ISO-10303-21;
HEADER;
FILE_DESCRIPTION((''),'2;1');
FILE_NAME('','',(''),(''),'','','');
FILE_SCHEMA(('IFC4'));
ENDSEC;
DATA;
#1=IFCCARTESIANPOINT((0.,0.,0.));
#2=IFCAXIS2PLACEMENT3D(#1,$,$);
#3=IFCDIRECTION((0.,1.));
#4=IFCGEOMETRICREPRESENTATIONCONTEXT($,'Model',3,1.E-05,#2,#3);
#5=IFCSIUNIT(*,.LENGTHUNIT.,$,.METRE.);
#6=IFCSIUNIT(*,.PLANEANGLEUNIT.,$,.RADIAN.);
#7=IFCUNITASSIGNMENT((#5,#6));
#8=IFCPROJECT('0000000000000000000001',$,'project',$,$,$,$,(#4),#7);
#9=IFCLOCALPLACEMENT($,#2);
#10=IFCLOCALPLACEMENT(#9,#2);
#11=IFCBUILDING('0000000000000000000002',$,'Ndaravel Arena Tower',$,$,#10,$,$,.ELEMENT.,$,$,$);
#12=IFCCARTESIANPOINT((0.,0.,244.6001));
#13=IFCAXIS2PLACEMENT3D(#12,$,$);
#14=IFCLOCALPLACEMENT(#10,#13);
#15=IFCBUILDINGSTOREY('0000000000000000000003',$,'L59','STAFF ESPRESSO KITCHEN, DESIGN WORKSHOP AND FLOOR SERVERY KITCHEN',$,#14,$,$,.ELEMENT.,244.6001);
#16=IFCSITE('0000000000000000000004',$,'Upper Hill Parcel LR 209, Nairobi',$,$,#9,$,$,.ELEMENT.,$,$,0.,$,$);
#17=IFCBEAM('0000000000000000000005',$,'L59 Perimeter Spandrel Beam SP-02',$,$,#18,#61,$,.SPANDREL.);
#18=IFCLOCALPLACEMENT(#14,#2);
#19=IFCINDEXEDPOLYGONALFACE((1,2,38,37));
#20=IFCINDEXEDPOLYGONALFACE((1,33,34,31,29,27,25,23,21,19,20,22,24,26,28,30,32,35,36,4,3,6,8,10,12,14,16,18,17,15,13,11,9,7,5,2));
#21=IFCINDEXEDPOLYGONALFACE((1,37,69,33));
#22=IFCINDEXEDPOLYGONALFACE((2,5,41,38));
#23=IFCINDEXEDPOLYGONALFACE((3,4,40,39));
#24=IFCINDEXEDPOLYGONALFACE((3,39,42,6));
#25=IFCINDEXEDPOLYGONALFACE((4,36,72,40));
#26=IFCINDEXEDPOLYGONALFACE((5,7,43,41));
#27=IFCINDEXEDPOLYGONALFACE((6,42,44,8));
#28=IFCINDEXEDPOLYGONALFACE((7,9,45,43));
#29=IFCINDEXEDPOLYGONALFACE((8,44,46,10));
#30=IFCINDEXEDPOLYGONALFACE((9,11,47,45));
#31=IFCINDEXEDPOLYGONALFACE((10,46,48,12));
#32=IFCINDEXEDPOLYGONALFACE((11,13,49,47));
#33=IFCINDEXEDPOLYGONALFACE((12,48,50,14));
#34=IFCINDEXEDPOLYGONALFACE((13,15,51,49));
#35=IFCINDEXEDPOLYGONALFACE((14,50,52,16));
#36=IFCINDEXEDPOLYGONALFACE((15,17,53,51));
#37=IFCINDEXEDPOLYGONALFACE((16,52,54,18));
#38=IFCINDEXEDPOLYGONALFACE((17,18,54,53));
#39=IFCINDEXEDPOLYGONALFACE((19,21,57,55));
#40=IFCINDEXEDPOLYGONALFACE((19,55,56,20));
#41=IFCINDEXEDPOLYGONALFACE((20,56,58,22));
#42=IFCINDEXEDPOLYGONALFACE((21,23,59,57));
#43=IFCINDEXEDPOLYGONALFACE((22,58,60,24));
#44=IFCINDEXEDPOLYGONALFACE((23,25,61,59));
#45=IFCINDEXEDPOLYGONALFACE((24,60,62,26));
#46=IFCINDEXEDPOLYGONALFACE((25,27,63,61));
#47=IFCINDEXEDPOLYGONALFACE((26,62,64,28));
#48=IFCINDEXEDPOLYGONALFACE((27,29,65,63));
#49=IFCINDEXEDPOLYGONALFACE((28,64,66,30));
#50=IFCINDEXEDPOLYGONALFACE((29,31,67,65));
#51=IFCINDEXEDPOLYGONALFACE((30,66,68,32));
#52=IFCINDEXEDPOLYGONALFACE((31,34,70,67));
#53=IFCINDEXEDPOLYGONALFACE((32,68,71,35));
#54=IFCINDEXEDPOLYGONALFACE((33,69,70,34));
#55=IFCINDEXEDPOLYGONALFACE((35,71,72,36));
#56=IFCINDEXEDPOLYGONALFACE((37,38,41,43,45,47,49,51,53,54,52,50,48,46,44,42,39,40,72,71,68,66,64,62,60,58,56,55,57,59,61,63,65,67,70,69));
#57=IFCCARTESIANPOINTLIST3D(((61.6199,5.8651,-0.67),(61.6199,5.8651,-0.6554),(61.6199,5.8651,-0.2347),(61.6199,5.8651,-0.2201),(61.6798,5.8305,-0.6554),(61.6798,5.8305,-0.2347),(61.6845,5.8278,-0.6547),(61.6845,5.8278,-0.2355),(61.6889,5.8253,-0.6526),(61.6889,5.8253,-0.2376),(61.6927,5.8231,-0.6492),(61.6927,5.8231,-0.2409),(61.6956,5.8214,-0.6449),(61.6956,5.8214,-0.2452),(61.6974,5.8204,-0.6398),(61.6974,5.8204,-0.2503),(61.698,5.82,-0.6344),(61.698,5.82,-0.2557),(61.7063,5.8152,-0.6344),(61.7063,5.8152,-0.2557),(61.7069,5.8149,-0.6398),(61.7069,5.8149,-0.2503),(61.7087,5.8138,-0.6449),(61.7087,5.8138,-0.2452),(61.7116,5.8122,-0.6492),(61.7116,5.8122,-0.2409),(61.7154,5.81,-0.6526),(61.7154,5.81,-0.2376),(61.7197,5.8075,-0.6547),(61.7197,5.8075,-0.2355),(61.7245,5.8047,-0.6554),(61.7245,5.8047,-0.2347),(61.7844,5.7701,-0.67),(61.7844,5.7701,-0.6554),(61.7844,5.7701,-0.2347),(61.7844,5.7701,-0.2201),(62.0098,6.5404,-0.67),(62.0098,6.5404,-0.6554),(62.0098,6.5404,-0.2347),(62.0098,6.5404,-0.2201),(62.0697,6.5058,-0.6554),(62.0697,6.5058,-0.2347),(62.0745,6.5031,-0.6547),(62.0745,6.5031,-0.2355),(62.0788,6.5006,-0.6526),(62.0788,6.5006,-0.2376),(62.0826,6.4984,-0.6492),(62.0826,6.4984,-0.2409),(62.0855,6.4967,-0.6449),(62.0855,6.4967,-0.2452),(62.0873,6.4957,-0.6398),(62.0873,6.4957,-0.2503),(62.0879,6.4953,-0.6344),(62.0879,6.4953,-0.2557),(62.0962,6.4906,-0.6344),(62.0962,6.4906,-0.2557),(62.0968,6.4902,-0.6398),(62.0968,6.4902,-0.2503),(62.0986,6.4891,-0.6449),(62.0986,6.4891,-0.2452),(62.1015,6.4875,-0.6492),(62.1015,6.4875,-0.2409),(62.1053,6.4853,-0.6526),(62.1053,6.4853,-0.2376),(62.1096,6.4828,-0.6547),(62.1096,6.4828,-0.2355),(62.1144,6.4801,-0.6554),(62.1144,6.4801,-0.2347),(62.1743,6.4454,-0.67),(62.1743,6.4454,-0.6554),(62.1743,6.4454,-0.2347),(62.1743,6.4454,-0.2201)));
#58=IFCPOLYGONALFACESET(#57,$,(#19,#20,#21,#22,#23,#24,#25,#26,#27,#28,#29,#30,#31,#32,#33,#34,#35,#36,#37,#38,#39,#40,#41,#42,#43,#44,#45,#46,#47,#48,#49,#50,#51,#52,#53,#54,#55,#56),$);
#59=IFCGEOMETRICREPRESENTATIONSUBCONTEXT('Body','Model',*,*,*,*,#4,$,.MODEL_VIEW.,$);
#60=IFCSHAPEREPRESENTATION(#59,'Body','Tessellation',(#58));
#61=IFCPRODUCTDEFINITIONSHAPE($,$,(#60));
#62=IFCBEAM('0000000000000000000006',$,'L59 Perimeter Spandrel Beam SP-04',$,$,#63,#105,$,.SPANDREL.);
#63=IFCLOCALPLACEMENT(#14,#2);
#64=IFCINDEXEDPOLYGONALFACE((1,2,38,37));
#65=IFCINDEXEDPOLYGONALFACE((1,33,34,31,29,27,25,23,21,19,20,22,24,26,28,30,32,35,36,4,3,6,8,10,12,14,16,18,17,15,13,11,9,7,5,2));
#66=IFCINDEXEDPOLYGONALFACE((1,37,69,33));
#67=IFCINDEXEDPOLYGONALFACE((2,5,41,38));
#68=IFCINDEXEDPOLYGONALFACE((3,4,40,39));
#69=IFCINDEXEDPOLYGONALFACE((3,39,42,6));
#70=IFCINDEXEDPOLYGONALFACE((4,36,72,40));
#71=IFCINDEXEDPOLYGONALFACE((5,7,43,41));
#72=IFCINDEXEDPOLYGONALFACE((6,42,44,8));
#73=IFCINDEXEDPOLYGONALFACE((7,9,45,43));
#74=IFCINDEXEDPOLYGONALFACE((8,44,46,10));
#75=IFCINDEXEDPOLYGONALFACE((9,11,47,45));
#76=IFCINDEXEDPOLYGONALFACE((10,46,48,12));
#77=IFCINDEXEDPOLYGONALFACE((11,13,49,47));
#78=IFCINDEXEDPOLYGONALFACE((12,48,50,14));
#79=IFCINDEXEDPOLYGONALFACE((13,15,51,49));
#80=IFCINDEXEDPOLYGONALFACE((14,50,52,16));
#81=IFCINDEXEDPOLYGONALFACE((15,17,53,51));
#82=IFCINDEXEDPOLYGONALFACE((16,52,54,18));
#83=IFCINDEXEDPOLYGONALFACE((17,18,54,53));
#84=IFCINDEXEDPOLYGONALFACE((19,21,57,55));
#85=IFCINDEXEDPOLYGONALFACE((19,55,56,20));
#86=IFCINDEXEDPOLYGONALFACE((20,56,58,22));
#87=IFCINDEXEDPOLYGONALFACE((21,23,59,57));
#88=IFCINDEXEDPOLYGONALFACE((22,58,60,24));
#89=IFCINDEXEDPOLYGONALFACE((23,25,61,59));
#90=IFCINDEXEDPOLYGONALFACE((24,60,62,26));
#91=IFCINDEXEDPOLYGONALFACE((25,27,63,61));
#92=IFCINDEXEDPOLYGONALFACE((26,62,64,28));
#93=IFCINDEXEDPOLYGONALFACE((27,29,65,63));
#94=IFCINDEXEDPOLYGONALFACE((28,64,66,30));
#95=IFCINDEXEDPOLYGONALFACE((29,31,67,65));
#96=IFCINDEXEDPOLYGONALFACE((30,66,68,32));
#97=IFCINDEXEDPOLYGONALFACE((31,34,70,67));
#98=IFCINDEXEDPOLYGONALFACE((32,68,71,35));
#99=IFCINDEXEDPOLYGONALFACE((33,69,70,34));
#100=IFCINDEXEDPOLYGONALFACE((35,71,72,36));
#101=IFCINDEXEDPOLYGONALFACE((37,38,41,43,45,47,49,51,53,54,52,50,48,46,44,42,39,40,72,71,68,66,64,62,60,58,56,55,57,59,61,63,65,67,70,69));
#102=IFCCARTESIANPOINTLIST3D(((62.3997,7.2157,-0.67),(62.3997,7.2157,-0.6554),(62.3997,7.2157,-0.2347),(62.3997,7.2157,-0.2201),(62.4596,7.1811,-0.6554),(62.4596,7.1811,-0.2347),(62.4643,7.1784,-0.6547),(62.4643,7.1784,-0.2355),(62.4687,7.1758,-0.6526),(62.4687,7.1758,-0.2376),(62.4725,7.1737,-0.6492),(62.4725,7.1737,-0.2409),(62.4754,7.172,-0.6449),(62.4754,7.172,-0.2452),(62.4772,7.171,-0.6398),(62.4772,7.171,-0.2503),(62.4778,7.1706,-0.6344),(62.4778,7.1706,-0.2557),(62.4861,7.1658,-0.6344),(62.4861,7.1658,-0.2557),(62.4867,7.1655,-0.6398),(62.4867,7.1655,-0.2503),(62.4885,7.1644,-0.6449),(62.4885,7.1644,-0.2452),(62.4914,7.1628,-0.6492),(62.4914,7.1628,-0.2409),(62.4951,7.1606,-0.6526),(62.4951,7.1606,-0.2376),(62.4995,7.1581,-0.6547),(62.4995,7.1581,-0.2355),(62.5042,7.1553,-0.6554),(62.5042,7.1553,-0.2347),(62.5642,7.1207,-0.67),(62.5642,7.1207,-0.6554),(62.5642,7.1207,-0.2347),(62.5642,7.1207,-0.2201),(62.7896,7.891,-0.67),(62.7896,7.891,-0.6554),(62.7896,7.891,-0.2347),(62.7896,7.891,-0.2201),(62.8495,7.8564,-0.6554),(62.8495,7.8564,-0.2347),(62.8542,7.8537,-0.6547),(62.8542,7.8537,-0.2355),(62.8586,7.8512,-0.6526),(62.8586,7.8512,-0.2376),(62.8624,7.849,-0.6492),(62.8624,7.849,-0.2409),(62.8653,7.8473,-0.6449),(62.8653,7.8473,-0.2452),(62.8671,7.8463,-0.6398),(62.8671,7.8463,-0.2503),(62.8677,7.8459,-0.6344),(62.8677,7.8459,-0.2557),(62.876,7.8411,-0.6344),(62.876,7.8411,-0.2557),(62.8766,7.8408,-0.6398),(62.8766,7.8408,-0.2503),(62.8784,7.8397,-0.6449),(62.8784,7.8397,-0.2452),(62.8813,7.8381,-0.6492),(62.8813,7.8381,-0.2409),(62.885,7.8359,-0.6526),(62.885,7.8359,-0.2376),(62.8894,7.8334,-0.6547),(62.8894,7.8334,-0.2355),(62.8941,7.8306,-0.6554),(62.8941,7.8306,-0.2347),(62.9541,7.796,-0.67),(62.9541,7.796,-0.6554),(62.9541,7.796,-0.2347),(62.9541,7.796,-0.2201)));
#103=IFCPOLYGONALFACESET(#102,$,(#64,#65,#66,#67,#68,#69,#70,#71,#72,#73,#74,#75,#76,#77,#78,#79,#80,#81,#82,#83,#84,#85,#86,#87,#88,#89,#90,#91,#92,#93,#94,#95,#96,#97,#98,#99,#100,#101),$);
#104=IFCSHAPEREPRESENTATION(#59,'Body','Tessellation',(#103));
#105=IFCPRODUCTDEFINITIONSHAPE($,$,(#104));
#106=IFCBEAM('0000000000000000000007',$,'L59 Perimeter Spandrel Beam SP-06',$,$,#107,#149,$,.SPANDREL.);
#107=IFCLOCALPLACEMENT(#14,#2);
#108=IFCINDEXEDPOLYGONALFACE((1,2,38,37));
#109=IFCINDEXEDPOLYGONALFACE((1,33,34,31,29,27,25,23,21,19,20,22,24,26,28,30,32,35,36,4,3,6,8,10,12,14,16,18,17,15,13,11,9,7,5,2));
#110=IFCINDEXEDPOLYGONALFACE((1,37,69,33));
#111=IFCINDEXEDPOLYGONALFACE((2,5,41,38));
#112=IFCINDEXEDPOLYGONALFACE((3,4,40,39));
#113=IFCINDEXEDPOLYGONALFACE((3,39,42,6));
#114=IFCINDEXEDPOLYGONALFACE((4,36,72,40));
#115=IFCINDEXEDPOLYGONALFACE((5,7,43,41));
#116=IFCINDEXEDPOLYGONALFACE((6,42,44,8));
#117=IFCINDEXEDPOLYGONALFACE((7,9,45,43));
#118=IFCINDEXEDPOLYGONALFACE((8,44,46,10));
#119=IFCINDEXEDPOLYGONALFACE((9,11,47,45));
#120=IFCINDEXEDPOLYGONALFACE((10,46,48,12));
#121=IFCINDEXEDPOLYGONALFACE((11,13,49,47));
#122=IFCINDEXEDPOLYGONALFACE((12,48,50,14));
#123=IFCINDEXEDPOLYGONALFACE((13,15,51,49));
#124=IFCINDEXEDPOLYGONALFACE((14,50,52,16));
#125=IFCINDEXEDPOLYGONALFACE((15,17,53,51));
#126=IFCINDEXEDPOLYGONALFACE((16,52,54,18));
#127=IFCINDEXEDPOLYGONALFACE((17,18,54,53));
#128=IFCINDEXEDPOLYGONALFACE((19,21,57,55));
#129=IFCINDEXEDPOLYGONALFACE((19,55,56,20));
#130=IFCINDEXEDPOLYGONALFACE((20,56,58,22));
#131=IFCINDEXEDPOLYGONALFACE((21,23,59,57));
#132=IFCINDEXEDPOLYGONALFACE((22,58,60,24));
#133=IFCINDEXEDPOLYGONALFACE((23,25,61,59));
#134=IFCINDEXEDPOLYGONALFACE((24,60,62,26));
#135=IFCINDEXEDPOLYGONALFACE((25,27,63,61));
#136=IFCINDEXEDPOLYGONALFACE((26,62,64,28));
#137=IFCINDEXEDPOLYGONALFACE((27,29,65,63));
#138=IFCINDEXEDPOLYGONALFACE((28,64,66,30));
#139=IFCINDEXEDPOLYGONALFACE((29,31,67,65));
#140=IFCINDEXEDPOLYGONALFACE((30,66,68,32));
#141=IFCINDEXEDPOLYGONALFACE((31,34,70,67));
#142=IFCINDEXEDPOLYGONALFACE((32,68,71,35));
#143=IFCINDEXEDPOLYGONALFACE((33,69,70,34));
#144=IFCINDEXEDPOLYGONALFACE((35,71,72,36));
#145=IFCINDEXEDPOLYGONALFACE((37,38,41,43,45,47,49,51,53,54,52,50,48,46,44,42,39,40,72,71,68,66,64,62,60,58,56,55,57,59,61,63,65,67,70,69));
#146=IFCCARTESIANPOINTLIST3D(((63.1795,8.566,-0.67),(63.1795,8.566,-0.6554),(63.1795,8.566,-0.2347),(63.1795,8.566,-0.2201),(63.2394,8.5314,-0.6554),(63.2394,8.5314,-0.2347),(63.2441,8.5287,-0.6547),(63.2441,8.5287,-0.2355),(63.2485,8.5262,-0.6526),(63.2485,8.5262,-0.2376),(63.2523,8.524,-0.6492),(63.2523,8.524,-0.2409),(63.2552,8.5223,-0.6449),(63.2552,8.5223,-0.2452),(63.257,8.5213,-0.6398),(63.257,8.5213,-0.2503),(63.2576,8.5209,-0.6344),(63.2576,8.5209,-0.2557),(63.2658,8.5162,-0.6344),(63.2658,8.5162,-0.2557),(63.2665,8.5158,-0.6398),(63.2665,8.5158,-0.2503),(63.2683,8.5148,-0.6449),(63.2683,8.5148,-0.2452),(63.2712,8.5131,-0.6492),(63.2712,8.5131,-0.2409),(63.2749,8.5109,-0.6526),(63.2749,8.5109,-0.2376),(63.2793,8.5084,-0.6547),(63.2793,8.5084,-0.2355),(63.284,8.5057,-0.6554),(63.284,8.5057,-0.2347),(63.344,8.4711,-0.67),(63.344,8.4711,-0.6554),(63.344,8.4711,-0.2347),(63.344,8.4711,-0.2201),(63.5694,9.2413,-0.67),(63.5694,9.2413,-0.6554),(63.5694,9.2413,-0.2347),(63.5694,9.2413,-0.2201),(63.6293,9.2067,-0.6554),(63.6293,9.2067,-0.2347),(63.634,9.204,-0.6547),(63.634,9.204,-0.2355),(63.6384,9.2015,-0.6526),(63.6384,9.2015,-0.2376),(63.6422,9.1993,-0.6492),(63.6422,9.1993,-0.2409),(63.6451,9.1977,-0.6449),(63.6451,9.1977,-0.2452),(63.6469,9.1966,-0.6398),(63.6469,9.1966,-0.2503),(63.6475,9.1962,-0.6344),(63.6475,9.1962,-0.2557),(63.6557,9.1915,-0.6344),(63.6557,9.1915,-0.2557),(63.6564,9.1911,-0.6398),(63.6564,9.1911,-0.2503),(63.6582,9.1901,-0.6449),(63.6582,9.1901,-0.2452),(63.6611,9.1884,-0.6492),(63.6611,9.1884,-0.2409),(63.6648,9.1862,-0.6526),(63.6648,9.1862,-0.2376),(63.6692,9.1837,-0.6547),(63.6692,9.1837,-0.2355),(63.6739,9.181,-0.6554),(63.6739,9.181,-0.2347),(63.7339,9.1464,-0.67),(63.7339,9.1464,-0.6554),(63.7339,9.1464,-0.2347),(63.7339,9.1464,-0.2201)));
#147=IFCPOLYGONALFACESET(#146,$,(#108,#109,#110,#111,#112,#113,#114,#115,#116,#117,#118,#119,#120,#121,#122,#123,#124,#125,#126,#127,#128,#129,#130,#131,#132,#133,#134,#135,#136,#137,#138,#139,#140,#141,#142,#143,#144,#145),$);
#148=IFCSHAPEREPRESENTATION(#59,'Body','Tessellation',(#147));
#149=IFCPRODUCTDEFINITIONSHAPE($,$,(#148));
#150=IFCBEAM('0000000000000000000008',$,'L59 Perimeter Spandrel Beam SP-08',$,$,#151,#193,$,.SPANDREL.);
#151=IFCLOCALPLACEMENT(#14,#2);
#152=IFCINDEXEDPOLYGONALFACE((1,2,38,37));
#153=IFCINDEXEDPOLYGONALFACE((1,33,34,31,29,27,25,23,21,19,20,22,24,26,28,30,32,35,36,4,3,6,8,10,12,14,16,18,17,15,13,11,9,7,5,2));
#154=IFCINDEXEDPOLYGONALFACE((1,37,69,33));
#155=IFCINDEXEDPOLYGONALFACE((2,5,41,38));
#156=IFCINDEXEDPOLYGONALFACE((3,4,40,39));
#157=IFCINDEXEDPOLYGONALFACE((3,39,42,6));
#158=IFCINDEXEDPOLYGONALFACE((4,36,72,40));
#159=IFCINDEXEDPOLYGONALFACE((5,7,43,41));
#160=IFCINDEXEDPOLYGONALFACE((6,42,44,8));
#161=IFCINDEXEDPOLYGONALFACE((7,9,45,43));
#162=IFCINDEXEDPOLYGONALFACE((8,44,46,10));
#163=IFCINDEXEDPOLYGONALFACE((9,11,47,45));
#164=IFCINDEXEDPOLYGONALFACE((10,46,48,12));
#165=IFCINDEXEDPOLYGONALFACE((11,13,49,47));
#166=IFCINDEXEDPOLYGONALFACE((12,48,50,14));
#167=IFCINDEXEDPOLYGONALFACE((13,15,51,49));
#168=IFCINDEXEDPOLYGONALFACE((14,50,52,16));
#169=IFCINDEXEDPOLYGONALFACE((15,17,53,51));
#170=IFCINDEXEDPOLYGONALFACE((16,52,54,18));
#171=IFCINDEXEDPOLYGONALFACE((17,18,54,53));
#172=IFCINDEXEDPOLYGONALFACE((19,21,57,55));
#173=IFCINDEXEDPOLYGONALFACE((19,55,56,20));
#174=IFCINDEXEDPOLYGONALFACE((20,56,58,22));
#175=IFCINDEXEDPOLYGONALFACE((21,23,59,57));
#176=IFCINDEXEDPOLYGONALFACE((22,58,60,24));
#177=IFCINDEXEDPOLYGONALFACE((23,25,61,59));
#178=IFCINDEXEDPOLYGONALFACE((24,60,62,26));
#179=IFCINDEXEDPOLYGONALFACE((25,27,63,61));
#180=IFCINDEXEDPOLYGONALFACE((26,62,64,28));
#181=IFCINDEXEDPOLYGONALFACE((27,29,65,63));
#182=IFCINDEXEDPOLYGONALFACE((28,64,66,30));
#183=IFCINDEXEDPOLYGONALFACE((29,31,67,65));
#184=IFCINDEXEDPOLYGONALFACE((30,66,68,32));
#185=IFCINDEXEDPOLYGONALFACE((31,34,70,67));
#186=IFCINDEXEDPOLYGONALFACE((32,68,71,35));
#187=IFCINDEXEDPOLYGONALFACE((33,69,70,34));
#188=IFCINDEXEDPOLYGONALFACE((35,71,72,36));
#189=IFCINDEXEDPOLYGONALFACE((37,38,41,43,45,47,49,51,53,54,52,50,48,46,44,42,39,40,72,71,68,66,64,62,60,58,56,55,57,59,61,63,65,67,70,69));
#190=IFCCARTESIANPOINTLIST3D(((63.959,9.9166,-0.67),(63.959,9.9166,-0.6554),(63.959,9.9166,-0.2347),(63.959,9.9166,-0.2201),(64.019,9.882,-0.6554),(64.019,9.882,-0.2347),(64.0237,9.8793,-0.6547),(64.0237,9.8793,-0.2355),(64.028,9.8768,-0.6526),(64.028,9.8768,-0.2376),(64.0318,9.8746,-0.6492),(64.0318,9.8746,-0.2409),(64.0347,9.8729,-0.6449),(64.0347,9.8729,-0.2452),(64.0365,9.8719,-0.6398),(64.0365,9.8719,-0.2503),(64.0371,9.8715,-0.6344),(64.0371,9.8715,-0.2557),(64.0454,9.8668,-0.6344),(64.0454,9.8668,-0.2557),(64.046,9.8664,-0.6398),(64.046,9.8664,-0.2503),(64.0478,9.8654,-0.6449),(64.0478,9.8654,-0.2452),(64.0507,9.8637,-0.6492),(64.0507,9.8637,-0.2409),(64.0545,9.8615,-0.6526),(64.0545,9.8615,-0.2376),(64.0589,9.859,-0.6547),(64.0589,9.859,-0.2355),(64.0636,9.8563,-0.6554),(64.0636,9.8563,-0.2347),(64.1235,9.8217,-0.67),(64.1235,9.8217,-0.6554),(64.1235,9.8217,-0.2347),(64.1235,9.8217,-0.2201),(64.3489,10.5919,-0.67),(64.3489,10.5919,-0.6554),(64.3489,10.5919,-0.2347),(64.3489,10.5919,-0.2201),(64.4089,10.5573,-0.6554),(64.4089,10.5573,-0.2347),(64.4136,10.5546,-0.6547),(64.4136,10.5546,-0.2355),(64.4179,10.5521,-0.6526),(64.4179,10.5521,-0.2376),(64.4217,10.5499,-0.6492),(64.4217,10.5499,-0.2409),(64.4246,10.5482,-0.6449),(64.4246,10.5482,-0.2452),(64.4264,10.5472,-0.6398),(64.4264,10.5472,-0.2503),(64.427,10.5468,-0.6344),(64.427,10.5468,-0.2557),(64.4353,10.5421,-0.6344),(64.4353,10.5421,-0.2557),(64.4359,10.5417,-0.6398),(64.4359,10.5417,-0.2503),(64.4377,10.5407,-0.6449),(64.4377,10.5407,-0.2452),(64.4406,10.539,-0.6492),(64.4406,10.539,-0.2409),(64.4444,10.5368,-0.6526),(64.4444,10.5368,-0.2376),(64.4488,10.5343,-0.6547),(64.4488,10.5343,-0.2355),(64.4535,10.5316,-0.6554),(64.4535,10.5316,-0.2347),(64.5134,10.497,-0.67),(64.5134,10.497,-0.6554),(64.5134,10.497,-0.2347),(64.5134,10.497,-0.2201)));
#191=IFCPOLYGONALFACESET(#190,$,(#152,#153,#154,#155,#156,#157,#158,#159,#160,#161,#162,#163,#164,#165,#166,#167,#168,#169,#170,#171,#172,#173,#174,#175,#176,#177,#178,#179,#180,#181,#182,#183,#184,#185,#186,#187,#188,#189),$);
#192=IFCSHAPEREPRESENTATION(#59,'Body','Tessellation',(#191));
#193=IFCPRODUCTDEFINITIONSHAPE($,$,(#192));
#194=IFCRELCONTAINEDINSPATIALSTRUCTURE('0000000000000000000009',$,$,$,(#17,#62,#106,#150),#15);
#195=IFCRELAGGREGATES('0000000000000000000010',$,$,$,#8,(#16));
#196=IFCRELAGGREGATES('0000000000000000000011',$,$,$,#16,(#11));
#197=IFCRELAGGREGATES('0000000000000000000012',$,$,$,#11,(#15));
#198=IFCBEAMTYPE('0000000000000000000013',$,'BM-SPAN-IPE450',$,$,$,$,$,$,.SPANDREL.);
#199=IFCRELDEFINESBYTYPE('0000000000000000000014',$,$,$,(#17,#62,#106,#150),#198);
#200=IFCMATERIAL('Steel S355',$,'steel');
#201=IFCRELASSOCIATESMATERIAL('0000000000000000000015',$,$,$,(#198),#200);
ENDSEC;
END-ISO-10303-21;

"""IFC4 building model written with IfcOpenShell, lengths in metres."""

from ifc_helpers import new_model, si_unit, direction, frame, origin, origin_2d, place, context, subcontext, project, spatial, i_section, extrude, material, material_profile, profile_set, type_object, element, save


model = new_model("IFC4")

# Units and contexts
model_context = context("Model", 3, precision=1e-05, world=origin(), true_north=direction((0.0, 1.0)))
body_context = subcontext(model_context, "Body", "Model", "MODEL_VIEW")
ifc_project = project(units=[si_unit("LENGTHUNIT", "METRE"), si_unit("PLANEANGLEUNIT", "RADIAN")], contexts=[model_context])

# Site, building, storey
site_placement = place(None, origin())
site = spatial("IfcSite", under=ifc_project, at=site_placement, Name="Upper Hill Parcel LR 209, Nairobi", CompositionType="ELEMENT", RefElevation=0.0)
building_placement = place(site_placement, origin())
building = spatial("IfcBuilding", under=site, at=building_placement, Name="Ndaravel Arena Tower", CompositionType="ELEMENT")
storey_placement = place(building_placement, frame((0.0, 0.0, 244.6001)))
storey = spatial("IfcBuildingStorey", under=building, at=storey_placement, Name="L59", Description="STAFF ESPRESSO KITCHEN, DESIGN WORKSHOP AND FLOOR SERVERY KITCHEN", CompositionType="ELEMENT", Elevation=244.6001)

# Beams
ifc_material_1 = material(Name="Steel S355", Category="steel")
ifc_material_profile_1 = material_profile(ifc_material_1, i_section(OverallWidth=0.1899, OverallDepth=0.45, WebThickness=0.0095, FlangeThickness=0.0146, FilletRadius=0.021, at=origin_2d()), Name="IPE 450")
ifc_profile_set_1 = profile_set([ifc_material_profile_1], Name="Steel S355")
beam_type = type_object("IfcBeamType", Name="BM-SPAN-IPE450", PredefinedType="SPANDREL", material=ifc_profile_set_1)
for number, where, z_axis, x_axis, name in (
    (1, (61.7021, 5.8176, -0.4451), (0.500012, 0.866019, 0.0), (-0.866019, 0.500012, 0.0), "L59 Perimeter Spandrel Beam SP-02"),
    (2, (62.4819, 7.1682, -0.4451), (0.500012, 0.866019, 0.0), (-0.866019, 0.500012, 0.0), "L59 Perimeter Spandrel Beam SP-04"),
    (3, (63.2617, 8.5186, -0.4451), (0.500012, 0.866019, 0.0), (-0.866019, 0.500012, 0.0), "L59 Perimeter Spandrel Beam SP-06"),
    (4, (64.0413, 9.8691, -0.4451), (0.500012, 0.866019, 0.0), (-0.866019, 0.500012, 0.0), "L59 Perimeter Spandrel Beam SP-08"),
):
    element("IfcBeam", number, at=place(storey_placement, frame(where, z_axis=z_axis, x_axis=x_axis)), inside=storey, type_object=beam_type, Name=name, PredefinedType="SPANDREL", context=body_context, shape_type="SweptSolid", body=[
        extrude(i_section(OverallWidth=0.1899, OverallDepth=0.45, WebThickness=0.0095, FlangeThickness=0.0146, FilletRadius=0.021, at=origin_2d()), origin(), (0.0, 0.0, 1.0), 0.7798),
    ])

save(model, "model.ifc")
